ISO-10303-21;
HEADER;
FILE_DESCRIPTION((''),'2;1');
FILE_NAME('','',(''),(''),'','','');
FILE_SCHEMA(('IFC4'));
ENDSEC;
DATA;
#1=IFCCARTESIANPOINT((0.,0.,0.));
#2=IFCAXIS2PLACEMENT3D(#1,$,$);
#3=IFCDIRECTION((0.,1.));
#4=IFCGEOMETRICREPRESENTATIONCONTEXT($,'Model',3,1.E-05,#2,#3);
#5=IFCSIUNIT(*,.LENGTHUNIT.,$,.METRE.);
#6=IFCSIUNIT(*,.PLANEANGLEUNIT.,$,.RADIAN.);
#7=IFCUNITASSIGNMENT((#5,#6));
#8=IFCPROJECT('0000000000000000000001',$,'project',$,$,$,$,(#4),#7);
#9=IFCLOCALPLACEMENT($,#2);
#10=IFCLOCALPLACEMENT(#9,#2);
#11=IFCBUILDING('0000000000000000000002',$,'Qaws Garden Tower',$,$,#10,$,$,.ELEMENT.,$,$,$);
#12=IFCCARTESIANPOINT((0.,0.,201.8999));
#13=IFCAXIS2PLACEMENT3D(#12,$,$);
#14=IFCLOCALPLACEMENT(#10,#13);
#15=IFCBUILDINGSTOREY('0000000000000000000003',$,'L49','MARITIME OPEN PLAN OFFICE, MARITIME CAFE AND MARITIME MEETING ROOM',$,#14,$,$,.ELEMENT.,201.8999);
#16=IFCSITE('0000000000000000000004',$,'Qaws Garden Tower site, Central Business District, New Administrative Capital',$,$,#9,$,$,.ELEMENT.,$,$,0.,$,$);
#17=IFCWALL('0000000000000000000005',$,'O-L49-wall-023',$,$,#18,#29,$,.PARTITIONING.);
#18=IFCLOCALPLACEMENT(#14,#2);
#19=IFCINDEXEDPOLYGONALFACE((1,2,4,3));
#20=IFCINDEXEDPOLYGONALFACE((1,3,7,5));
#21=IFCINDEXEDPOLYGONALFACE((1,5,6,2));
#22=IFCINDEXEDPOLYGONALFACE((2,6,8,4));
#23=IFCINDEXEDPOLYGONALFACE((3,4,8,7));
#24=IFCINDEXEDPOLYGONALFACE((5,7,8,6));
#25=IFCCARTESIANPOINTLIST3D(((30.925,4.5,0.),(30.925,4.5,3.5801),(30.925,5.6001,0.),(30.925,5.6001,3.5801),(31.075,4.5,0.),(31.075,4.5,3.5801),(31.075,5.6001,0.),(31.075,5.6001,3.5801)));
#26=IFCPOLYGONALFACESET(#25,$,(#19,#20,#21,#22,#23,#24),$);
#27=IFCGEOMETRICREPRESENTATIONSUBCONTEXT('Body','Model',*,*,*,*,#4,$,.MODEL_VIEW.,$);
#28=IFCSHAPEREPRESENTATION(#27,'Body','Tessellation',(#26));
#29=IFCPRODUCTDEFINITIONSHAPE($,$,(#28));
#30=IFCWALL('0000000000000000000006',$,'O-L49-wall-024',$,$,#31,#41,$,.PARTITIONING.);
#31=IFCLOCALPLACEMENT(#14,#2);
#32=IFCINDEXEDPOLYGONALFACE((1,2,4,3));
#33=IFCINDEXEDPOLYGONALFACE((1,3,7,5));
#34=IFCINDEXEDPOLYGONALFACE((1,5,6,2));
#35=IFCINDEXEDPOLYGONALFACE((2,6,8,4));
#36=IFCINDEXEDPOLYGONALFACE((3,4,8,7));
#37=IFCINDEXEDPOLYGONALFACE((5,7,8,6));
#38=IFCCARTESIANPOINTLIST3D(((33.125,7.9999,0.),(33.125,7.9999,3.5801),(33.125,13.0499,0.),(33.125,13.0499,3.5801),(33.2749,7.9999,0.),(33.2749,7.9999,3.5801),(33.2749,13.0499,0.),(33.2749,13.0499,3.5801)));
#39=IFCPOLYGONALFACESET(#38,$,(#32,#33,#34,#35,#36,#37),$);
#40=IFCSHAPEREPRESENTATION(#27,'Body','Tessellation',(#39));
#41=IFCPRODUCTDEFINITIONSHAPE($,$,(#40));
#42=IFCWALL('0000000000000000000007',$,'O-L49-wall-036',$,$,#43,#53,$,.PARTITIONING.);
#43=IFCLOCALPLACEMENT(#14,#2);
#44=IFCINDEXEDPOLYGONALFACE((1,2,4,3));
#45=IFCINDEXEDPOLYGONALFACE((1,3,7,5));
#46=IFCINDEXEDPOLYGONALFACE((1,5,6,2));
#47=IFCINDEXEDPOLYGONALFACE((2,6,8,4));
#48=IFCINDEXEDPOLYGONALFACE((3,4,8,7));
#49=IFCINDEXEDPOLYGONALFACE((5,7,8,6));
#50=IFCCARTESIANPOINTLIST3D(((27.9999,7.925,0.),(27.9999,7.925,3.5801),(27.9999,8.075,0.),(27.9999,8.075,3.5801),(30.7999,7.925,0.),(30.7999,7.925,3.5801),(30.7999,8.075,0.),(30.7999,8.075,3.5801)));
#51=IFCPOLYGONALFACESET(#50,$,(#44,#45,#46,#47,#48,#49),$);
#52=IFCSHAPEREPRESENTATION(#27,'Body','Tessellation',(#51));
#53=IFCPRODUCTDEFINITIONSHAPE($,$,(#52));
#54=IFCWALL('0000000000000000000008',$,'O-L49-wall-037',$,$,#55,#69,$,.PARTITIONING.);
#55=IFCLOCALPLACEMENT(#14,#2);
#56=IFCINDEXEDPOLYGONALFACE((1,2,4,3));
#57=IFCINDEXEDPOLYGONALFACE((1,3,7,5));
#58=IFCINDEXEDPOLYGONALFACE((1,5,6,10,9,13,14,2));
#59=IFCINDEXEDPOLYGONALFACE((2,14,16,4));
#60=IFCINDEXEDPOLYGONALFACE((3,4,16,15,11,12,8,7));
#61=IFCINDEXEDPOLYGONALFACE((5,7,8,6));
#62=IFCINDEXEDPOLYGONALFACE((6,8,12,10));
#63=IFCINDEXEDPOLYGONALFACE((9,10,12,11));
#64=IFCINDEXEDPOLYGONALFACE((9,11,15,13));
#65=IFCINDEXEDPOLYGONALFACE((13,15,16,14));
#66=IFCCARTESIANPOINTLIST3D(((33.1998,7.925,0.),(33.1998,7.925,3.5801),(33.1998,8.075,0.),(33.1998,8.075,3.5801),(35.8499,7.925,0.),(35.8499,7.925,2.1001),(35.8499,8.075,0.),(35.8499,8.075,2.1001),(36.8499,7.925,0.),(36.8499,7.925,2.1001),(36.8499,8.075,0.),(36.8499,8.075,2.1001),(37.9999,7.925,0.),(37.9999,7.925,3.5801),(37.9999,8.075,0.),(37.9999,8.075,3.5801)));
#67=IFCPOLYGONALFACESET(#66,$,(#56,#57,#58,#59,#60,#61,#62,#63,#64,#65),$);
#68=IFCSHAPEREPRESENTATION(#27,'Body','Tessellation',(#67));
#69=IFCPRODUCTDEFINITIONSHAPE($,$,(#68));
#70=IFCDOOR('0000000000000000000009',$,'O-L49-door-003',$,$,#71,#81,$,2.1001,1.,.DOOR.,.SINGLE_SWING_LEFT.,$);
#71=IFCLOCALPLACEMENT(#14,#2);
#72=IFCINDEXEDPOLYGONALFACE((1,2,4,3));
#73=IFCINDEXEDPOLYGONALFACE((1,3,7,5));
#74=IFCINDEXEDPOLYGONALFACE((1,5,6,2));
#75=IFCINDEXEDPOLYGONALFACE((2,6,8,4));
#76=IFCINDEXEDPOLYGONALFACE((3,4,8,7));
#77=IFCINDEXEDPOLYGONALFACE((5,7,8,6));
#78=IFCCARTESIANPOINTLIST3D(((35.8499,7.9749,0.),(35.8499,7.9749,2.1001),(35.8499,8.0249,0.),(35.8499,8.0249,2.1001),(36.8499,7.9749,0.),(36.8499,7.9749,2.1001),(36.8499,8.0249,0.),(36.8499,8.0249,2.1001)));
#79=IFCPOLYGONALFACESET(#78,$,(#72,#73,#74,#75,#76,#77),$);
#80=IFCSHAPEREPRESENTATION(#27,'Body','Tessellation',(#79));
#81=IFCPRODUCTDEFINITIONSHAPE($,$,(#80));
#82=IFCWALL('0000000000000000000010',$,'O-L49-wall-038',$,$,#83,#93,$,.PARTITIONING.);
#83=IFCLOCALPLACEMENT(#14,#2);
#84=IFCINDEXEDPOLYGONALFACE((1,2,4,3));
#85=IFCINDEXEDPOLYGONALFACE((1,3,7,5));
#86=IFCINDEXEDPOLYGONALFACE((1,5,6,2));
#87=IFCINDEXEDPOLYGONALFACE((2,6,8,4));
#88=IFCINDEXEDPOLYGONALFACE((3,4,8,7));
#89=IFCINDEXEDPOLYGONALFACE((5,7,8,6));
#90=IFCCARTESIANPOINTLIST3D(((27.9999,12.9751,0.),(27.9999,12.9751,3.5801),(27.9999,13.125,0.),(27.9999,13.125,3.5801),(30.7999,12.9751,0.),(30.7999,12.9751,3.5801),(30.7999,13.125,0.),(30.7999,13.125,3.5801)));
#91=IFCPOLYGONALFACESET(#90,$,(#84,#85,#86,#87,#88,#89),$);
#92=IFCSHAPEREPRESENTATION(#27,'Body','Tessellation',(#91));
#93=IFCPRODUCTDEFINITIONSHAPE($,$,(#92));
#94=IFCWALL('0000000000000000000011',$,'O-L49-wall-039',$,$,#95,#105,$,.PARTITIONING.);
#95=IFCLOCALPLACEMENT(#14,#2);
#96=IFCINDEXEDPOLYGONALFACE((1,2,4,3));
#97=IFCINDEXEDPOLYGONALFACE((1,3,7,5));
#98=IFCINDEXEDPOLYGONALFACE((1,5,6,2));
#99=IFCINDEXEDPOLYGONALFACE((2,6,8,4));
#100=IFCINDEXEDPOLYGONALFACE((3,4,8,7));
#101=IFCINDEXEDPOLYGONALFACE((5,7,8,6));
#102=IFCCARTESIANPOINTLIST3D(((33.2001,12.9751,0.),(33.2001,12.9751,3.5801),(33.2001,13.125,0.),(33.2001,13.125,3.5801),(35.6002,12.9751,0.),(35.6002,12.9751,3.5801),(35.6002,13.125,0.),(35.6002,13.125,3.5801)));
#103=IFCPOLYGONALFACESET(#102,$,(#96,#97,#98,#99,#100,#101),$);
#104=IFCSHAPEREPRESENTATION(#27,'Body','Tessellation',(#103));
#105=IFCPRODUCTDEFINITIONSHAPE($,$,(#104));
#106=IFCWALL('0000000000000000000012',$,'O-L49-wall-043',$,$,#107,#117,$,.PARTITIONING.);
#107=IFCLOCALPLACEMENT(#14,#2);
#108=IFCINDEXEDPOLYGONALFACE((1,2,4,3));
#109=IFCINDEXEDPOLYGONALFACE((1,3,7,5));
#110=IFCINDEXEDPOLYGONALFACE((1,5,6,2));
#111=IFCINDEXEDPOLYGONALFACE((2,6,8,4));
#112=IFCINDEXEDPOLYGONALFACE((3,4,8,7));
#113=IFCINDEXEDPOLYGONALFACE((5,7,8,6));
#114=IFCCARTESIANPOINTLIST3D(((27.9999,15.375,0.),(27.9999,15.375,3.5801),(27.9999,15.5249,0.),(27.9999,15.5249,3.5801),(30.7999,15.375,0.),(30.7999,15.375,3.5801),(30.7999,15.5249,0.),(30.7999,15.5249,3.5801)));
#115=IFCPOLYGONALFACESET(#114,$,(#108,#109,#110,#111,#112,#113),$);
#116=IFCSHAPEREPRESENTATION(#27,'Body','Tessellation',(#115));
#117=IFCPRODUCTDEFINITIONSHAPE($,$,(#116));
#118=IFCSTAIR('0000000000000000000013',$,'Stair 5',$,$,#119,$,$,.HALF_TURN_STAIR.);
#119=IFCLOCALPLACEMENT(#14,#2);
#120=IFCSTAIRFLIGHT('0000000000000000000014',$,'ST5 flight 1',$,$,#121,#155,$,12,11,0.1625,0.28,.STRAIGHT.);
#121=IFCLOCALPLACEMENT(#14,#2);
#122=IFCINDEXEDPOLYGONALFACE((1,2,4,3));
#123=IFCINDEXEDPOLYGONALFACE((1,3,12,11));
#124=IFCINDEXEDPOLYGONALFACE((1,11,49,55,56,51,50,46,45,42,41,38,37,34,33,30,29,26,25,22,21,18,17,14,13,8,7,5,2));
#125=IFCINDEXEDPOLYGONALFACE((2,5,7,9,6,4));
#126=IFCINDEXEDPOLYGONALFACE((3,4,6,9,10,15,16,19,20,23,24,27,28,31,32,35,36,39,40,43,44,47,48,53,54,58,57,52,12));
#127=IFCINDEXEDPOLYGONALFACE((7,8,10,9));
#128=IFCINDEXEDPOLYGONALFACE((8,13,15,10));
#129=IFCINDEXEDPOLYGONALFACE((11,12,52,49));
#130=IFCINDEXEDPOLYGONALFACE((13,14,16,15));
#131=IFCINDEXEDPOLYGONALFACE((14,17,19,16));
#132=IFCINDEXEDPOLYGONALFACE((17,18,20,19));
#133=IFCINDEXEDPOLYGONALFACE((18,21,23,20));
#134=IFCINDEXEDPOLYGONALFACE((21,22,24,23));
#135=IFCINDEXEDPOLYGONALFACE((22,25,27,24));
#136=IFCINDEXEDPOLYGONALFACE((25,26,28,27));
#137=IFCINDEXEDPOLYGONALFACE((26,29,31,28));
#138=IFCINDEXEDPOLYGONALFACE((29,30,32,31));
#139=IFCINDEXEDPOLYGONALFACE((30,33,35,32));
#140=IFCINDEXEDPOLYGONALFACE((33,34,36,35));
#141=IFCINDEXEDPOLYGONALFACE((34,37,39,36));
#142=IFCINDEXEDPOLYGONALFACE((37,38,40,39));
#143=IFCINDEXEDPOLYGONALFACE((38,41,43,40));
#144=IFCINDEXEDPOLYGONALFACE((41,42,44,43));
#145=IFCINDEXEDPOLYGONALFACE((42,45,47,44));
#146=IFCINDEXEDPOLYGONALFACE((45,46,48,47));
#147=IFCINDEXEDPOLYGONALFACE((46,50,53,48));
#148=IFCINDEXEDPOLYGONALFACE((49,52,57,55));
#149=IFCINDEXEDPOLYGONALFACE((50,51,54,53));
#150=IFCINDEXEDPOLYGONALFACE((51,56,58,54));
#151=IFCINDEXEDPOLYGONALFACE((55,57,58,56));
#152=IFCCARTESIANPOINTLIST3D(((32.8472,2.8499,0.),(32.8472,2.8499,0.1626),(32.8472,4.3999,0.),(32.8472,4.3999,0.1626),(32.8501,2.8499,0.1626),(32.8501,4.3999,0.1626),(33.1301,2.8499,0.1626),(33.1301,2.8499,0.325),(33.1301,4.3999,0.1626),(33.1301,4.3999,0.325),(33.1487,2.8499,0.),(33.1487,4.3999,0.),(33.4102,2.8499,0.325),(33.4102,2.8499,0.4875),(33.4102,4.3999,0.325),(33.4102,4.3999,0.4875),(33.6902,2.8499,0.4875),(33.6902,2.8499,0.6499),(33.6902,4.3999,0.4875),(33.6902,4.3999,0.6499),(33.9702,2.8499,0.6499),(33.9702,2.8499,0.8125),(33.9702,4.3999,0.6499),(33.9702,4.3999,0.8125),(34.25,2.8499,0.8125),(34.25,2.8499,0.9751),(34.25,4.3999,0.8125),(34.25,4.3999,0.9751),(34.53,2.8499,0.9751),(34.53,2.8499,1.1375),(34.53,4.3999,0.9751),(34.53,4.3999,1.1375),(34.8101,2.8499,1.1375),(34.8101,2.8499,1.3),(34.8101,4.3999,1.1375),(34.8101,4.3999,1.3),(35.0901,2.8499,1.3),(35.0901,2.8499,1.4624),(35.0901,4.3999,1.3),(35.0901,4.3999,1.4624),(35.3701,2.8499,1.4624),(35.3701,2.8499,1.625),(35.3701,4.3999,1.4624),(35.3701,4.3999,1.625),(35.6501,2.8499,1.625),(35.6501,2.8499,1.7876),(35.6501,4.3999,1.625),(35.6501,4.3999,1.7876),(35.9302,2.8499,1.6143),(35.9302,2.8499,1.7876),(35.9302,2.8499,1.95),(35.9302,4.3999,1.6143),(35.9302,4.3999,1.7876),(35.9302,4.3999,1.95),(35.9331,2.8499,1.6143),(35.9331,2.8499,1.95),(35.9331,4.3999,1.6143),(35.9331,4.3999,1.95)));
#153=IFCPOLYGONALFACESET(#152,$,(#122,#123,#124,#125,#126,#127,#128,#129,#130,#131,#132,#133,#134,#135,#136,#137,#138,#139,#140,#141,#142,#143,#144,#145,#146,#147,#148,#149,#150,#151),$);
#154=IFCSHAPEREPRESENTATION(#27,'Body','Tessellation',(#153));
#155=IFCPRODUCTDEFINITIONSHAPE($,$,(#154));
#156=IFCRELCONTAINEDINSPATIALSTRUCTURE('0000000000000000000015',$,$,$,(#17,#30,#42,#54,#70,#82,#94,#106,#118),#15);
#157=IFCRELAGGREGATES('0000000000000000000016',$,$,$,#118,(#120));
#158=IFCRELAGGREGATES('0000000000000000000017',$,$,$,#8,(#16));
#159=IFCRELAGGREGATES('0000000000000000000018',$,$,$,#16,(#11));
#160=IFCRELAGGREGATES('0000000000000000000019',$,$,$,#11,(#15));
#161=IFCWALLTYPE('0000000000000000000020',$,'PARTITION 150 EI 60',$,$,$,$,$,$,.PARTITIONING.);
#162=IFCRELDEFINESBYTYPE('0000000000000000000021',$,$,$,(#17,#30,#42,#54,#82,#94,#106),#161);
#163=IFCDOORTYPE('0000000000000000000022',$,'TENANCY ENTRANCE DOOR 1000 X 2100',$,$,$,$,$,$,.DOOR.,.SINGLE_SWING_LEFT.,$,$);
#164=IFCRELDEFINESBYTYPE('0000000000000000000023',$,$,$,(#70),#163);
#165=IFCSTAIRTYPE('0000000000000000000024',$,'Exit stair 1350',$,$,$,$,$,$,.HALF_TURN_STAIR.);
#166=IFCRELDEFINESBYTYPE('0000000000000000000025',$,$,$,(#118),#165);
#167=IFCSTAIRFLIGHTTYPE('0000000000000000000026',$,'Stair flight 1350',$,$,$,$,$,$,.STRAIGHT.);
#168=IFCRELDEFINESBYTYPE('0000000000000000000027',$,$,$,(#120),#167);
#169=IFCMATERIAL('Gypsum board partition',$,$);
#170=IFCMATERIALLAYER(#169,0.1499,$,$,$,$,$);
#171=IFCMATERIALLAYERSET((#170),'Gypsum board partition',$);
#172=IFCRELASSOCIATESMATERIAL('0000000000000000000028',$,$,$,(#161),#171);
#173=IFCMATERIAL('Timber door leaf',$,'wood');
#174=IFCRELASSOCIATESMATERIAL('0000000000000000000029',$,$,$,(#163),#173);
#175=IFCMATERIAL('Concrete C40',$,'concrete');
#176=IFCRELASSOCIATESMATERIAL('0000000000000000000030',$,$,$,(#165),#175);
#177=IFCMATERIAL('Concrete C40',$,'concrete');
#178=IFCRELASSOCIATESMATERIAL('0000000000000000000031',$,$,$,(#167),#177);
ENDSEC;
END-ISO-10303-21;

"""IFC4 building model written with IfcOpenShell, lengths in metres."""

from ifc_helpers import new_model, si_unit, direction, frame, frame_2d, origin, place, context, subcontext, project, spatial, polyline, rectangle, outline, extrude, material, layer, layer_set, type_object, element, fill, aggregate, save


model = new_model("IFC4")

# Units and contexts
model_context = context("Model", 3, precision=1e-05, world=origin(), true_north=direction((0.0, 1.0)))
body_context = subcontext(model_context, "Body", "Model", "MODEL_VIEW")
ifc_project = project(units=[si_unit("LENGTHUNIT", "METRE"), si_unit("PLANEANGLEUNIT", "RADIAN")], contexts=[model_context])

# Site, building, storey
site_placement = place(None, origin())
site = spatial("IfcSite", under=ifc_project, at=site_placement, Name="Qaws Garden Tower site, Central Business District, New Administrative Capital", CompositionType="ELEMENT", RefElevation=0.0)
building_placement = place(site_placement, origin())
building = spatial("IfcBuilding", under=site, at=building_placement, Name="Qaws Garden Tower", CompositionType="ELEMENT")
storey_placement = place(building_placement, frame((0.0, 0.0, 201.8999)))
storey = spatial("IfcBuildingStorey", under=building, at=storey_placement, Name="L49", Description="MARITIME OPEN PLAN OFFICE, MARITIME CAFE AND MARITIME MEETING ROOM", CompositionType="ELEMENT", Elevation=201.8999)

# Shared definitions
ifc_material_1 = material(Name="Gypsum board partition")
ifc_layer_1 = layer(ifc_material_1, 0.1499)
ifc_layer_set_1 = layer_set([ifc_layer_1], Name="Gypsum board partition")
wall_type_1 = type_object("IfcWallType", Name="PARTITION 150 EI 60", PredefinedType="PARTITIONING", material=ifc_layer_set_1)
ifc_material_2 = material(Name="Timber door leaf", Category="wood")
door_type_1 = type_object("IfcDoorType", Name="TENANCY ENTRANCE DOOR 1000 X 2100", OperationType="SINGLE_SWING_LEFT", PredefinedType="DOOR", material=ifc_material_2)

# Walls
wall_1_placement = place(storey_placement, frame((31.0, 4.5, 0.0), z_axis=(0.0, 0.0, 1.0), x_axis=(0.0, 1.0, 0.0)))
element("IfcWall", 1, at=wall_1_placement, inside=storey, type_object=wall_type_1, Name="O-L49-wall-023", PredefinedType="PARTITIONING", context=body_context, shape_type="SweptSolid", body=[
    extrude(rectangle(XDim=1.1001, YDim=0.1499, at=frame_2d((0.55, 0.0))), origin(), (0.0, 0.0, 1.0), 3.5801),
])
wall_2_placement = place(storey_placement, frame((33.2, 8.0, 0.0), z_axis=(0.0, 0.0, 1.0), x_axis=(0.0, 1.0, 0.0)))
element("IfcWall", 2, at=wall_2_placement, inside=storey, type_object=wall_type_1, Name="O-L49-wall-024", PredefinedType="PARTITIONING", context=body_context, shape_type="SweptSolid", body=[
    extrude(rectangle(XDim=5.05, YDim=0.1499, at=frame_2d((2.5249, 0.0))), origin(), (0.0, 0.0, 1.0), 3.5801),
])
wall_3_placement = place(storey_placement, frame((28.0, 8.0, 0.0), z_axis=(0.0, 0.0, 1.0), x_axis=(1.0, 0.0, 0.0)))
element("IfcWall", 3, at=wall_3_placement, inside=storey, type_object=wall_type_1, Name="O-L49-wall-036", PredefinedType="PARTITIONING", context=body_context, shape_type="SweptSolid", body=[
    extrude(rectangle(XDim=2.8, YDim=0.1499, at=frame_2d((1.3999, 0.0))), origin(), (0.0, 0.0, 1.0), 3.5801),
])

# Wall, opening, door
wall_4_placement = place(storey_placement, frame((33.2, 8.0, 0.0), z_axis=(0.0, 0.0, 1.0), x_axis=(1.0, 0.0, 0.0)))
wall_4 = element("IfcWall", 4, at=wall_4_placement, inside=storey, type_object=wall_type_1, Name="O-L49-wall-037", PredefinedType="PARTITIONING", context=body_context, shape_type="SweptSolid", body=[
    extrude(rectangle(XDim=4.8, YDim=0.1499, at=frame_2d((2.3999, 0.0))), origin(), (0.0, 0.0, 1.0), 3.5801),
])
opening_1_placement = place(wall_4_placement, frame((2.6499, 0.0, 0.0)))
opening_1 = element("IfcOpeningElement", 5, at=opening_1_placement, cuts=wall_4, PredefinedType="OPENING", context=body_context, shape_type="SweptSolid", body=[
    extrude(rectangle(XDim=1.0, YDim=2.1001, at=frame_2d((0.5, 1.05))), frame((0.0, 0.085, 0.0), z_axis=(0.0, -1.0, 0.0), x_axis=(1.0, 0.0, 0.0)), (0.0, 0.0, 1.0), 0.1699),
])
door_1_placement = place(opening_1_placement, origin())
door_1 = element("IfcDoor", 6, at=door_1_placement, inside=storey, type_object=door_type_1, Name="O-L49-door-003", OperationType="SINGLE_SWING_LEFT", OverallHeight=2.1001, OverallWidth=1.0, PredefinedType="DOOR", context=body_context, shape_type="SweptSolid", body=[
    extrude(rectangle(XDim=1.0, YDim=2.1001, at=frame_2d((0.5, 1.05))), frame((0.0, 0.0249, 0.0), z_axis=(0.0, -1.0, 0.0), x_axis=(1.0, 0.0, 0.0)), (0.0, 0.0, 1.0), 0.05),
])
fill(opening_1, door_1)

# Walls
wall_5_placement = place(storey_placement, frame((28.0, 13.05, 0.0), z_axis=(0.0, 0.0, 1.0), x_axis=(1.0, 0.0, 0.0)))
element("IfcWall", 7, at=wall_5_placement, inside=storey, type_object=wall_type_1, Name="O-L49-wall-038", PredefinedType="PARTITIONING", context=body_context, shape_type="SweptSolid", body=[
    extrude(rectangle(XDim=2.8, YDim=0.1499, at=frame_2d((1.3999, 0.0))), origin(), (0.0, 0.0, 1.0), 3.5801),
])
wall_6_placement = place(storey_placement, frame((33.2, 13.05, 0.0), z_axis=(0.0, 0.0, 1.0), x_axis=(1.0, 0.0, 0.0)))
element("IfcWall", 8, at=wall_6_placement, inside=storey, type_object=wall_type_1, Name="O-L49-wall-039", PredefinedType="PARTITIONING", context=body_context, shape_type="SweptSolid", body=[
    extrude(rectangle(XDim=2.4001, YDim=0.1499, at=frame_2d((1.2002, 0.0))), origin(), (0.0, 0.0, 1.0), 3.5801),
])
wall_7_placement = place(storey_placement, frame((28.0, 15.45, 0.0), z_axis=(0.0, 0.0, 1.0), x_axis=(1.0, 0.0, 0.0)))
element("IfcWall", 9, at=wall_7_placement, inside=storey, type_object=wall_type_1, Name="O-L49-wall-043", PredefinedType="PARTITIONING", context=body_context, shape_type="SweptSolid", body=[
    extrude(rectangle(XDim=2.8, YDim=0.1499, at=frame_2d((1.3999, 0.0))), origin(), (0.0, 0.0, 1.0), 3.5801),
])

# Stair, stair flight
ifc_material_3 = material(Name="Concrete C40", Category="concrete")
stair_type = type_object("IfcStairType", Name="Exit stair 1350", PredefinedType="HALF_TURN_STAIR", material=ifc_material_3)
stair_placement = place(storey_placement, origin())
stair = element("IfcStair", 10, at=stair_placement, inside=storey, type_object=stair_type, Name="Stair 5", PredefinedType="HALF_TURN_STAIR")
ifc_material_4 = material(Name="Concrete C40", Category="concrete")
stair_flight_type = type_object("IfcStairFlightType", Name="Stair flight 1350", PredefinedType="STRAIGHT", material=ifc_material_4)
stair_flight_placement = place(storey_placement, frame((32.8501, 3.625, 0.0), z_axis=(0.0, 0.0, 1.0), x_axis=(1.0, 0.0, 0.0)))
stair_flight = element("IfcStairFlight", 11, at=stair_flight_placement, type_object=stair_flight_type, Name="ST5 flight 1", NumberOfRisers=12, NumberOfTreads=11, PredefinedType="STRAIGHT", RiserHeight=0.1625, TreadLength=0.28, context=body_context, shape_type="SweptSolid", body=[
    extrude(outline(polyline([(-0.0029, 0.0), (-0.0029, 0.1626), (0.0, 0.1626), (0.28, 0.1626), (0.28, 0.325), (0.5601, 0.325), (0.5601, 0.4875), (0.8401, 0.4875), (0.8401, 0.6499), (1.1201, 0.6499), (1.1201, 0.8125), (1.3999, 0.8125), (1.3999, 0.9751), (1.6799, 0.9751), (1.6799, 1.1375), (1.96, 1.1375), (1.96, 1.3), (2.24, 1.3), (2.24, 1.4624), (2.52, 1.4624), (2.52, 1.625), (2.8, 1.625), (2.8, 1.7876), (3.0801, 1.7876), (3.0801, 1.95), (3.083, 1.95), (3.083, 1.6143), (3.0801, 1.6143), (0.2986, 0.0), (-0.0029, 0.0)])), frame((0.0, 0.7749, 0.0), z_axis=(0.0, -1.0, 0.0), x_axis=(1.0, 0.0, 0.0)), (0.0, 0.0, 1.0), 1.55),
])
aggregate(stair, [stair_flight])

save(model, "model.ifc")
